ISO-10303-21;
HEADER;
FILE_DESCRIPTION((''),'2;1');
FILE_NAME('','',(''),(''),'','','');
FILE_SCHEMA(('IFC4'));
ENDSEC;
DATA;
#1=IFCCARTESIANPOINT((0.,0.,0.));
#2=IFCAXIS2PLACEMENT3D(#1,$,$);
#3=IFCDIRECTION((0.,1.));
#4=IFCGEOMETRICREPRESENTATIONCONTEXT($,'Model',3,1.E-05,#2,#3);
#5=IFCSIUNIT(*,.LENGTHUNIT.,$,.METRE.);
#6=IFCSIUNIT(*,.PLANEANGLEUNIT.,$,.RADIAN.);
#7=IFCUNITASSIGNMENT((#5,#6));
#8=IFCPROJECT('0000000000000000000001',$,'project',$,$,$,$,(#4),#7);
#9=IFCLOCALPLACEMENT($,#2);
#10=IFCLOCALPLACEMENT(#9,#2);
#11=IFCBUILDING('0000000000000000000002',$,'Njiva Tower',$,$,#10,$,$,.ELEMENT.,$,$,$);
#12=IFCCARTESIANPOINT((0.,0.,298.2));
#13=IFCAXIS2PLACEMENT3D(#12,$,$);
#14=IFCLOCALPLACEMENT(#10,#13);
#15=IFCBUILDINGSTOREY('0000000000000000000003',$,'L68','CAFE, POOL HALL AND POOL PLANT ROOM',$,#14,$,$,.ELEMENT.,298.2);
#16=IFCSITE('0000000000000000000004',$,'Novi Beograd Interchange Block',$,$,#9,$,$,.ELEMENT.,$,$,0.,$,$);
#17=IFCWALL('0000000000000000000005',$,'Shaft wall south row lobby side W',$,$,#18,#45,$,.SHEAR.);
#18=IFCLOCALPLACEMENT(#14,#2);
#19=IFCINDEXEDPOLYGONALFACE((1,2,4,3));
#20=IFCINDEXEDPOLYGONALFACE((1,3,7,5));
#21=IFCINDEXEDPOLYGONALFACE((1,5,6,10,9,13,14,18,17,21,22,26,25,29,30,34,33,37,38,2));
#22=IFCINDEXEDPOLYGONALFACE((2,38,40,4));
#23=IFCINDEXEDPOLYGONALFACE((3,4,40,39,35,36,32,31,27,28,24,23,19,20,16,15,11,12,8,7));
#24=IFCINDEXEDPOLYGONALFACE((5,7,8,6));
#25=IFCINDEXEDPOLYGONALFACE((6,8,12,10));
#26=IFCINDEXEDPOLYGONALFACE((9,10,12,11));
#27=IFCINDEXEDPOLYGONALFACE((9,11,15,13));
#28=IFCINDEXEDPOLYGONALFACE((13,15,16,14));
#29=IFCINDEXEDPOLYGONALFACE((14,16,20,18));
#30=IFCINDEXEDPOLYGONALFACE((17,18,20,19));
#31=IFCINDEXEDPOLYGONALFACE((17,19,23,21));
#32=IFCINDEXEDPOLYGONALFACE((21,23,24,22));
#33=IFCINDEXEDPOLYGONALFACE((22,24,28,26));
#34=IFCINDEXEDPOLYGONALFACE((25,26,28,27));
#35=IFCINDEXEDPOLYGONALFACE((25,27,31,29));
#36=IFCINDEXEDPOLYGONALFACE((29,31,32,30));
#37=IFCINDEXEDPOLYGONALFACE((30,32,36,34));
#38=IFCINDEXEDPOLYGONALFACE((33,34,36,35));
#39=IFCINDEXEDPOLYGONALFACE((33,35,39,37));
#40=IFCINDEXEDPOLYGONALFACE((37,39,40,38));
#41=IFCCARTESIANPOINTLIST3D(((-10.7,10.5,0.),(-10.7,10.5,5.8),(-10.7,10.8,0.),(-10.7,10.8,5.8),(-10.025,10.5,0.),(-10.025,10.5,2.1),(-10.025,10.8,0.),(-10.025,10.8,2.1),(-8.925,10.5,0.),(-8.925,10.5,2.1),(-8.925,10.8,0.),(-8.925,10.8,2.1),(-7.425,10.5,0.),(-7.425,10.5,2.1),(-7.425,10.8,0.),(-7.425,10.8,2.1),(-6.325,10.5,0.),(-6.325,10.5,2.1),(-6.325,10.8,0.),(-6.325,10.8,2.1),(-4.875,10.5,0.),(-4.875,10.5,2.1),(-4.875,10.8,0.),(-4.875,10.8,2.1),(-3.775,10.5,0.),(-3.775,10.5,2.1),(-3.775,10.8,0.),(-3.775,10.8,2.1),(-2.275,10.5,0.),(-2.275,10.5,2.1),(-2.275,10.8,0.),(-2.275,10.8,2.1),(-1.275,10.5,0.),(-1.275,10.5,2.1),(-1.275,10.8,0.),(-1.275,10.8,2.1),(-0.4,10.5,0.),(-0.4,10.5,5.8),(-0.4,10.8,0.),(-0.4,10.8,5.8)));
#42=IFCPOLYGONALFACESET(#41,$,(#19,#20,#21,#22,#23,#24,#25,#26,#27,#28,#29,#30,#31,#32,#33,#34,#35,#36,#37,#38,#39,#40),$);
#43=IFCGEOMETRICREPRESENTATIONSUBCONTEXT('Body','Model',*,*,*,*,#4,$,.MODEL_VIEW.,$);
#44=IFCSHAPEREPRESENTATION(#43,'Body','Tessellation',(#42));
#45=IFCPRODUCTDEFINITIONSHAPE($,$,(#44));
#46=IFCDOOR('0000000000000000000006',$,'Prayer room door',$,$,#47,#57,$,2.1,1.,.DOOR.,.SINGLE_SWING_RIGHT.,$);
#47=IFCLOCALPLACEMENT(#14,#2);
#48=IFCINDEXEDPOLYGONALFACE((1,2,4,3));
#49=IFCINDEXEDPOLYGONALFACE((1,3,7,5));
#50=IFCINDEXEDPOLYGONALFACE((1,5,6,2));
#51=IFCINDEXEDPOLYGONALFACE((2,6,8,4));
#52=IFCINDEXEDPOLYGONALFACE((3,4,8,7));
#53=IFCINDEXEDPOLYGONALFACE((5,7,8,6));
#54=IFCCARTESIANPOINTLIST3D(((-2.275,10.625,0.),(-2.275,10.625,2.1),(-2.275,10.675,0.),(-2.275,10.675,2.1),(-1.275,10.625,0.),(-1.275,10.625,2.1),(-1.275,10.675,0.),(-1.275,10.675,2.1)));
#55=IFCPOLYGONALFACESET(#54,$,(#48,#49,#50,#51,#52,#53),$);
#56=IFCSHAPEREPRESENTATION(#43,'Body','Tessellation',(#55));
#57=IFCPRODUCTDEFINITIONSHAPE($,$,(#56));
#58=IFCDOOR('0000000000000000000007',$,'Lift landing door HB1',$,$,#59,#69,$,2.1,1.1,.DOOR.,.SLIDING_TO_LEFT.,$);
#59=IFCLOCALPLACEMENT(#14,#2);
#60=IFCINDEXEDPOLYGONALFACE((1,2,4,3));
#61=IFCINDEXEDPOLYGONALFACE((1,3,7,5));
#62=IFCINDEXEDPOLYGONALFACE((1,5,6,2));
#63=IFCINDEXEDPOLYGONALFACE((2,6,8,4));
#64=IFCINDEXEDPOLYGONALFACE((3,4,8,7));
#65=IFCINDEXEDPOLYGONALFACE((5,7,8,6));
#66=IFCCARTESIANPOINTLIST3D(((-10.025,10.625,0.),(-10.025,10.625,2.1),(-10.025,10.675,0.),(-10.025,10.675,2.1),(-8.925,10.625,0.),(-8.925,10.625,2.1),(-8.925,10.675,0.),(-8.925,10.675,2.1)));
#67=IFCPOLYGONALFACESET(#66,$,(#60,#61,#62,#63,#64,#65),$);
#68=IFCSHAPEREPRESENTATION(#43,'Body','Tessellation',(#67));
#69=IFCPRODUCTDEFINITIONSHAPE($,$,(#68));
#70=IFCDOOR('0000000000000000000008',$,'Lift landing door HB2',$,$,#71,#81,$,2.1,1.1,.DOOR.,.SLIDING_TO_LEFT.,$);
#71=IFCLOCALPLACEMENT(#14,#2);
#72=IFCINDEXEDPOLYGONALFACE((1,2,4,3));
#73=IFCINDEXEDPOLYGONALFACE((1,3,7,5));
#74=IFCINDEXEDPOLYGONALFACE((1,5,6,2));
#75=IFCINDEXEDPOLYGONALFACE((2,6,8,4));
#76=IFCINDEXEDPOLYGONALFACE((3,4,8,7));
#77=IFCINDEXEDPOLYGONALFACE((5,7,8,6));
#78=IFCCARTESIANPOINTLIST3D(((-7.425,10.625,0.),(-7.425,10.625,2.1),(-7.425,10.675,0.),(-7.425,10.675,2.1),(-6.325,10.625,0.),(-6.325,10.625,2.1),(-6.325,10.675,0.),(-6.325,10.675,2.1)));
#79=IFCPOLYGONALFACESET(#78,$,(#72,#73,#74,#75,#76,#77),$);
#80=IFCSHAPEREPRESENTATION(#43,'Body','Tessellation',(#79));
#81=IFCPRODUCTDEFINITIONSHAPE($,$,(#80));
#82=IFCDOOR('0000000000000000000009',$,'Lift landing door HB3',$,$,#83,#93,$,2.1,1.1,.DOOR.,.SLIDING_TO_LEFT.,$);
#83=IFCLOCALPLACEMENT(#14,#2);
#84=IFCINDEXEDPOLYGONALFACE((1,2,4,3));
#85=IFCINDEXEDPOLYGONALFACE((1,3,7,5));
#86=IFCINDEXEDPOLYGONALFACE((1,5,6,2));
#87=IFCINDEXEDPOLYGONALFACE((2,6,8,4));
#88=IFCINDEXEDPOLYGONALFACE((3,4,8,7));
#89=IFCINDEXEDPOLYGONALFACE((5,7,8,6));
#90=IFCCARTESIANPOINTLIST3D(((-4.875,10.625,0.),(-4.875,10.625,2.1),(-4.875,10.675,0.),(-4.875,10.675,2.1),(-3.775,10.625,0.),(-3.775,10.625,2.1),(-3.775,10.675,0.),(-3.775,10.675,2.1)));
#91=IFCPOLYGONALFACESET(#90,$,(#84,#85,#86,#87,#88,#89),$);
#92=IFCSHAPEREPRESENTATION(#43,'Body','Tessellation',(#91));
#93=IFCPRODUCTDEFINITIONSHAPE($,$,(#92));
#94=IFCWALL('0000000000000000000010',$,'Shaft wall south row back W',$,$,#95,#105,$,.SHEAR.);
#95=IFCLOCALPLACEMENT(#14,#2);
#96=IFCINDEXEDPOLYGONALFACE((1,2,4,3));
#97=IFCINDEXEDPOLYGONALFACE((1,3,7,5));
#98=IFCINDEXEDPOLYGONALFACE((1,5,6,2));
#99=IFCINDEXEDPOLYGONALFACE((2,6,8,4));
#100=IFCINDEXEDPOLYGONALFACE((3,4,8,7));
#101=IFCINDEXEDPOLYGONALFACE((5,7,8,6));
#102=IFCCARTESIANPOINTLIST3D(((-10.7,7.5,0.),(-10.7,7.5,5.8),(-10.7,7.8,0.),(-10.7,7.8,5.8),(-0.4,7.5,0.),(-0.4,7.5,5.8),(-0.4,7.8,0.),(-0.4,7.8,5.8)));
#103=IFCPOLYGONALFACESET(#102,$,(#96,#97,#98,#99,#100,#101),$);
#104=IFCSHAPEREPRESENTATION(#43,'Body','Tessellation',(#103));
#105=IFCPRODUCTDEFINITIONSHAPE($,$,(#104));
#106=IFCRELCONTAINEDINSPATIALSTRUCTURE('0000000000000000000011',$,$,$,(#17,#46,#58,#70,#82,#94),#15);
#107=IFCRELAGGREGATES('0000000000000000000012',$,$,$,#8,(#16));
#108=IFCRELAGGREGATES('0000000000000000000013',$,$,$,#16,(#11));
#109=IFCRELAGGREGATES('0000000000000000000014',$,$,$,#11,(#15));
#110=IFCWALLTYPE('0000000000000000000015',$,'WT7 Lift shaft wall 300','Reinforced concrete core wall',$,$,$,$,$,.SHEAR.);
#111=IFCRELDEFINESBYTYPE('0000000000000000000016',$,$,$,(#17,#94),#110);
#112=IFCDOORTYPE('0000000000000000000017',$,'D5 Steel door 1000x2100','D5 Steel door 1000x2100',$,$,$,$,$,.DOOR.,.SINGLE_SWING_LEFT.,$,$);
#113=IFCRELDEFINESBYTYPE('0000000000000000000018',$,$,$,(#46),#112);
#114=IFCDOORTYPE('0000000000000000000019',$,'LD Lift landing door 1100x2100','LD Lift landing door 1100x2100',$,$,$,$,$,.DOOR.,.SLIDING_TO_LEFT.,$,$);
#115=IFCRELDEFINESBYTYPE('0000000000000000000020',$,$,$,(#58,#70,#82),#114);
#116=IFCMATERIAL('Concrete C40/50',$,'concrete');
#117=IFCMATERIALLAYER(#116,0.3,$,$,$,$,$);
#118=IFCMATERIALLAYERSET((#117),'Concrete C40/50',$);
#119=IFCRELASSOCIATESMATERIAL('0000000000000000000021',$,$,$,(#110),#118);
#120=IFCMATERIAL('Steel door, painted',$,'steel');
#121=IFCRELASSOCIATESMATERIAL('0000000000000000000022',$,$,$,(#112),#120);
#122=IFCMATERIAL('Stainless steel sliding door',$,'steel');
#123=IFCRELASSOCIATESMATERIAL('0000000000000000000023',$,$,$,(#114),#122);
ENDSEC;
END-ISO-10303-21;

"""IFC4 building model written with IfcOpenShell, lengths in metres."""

from ifc_helpers import new_model, si_unit, direction, frame, frame_2d, origin, place, context, subcontext, project, spatial, rectangle, extrude, material, layer, layer_set, type_object, element, fill, save


model = new_model("IFC4")

# Units and contexts
model_context = context("Model", 3, precision=1e-05, world=origin(), true_north=direction((0.0, 1.0)))
body_context = subcontext(model_context, "Body", "Model", "MODEL_VIEW")
ifc_project = project(units=[si_unit("LENGTHUNIT", "METRE"), si_unit("PLANEANGLEUNIT", "RADIAN")], contexts=[model_context])

# Site, building, storey
site_placement = place(None, origin())
site = spatial("IfcSite", under=ifc_project, at=site_placement, Name="Novi Beograd Interchange Block", CompositionType="ELEMENT", RefElevation=0.0)
building_placement = place(site_placement, origin())
building = spatial("IfcBuilding", under=site, at=building_placement, Name="Njiva Tower", CompositionType="ELEMENT")
storey_placement = place(building_placement, frame((0.0, 0.0, 298.2)))
storey = spatial("IfcBuildingStorey", under=building, at=storey_placement, Name="L68", Description="CAFE, POOL HALL AND POOL PLANT ROOM", CompositionType="ELEMENT", Elevation=298.2)

# Shared definitions
ifc_material_1 = material(Name="Concrete C40/50", Category="concrete")
ifc_material_2 = material(Name="Steel door, painted", Category="steel")

# Wall, openings, doors
ifc_layer_1 = layer(ifc_material_1, 0.3)
ifc_layer_set_1 = layer_set([ifc_layer_1], Name="Concrete C40/50")
wall_type_1 = type_object("IfcWallType", Name="WT7 Lift shaft wall 300", Description="Reinforced concrete core wall", PredefinedType="SHEAR", material=ifc_layer_set_1)
wall_1_placement = place(storey_placement, frame((-10.7, 10.65, 0.0), z_axis=(0.0, 0.0, 1.0), x_axis=(1.0, 0.0, 0.0)))
wall_1 = element("IfcWall", 1, at=wall_1_placement, inside=storey, type_object=wall_type_1, Name="Shaft wall south row lobby side W", PredefinedType="SHEAR", context=body_context, shape_type="SweptSolid", body=[
    extrude(rectangle(XDim=10.3, YDim=0.3, at=frame_2d((5.15, 0.0))), origin(), (0.0, 0.0, 1.0), 5.8),
])
opening_1_placement = place(wall_1_placement, frame((0.675, 0.0, 0.0)))
opening_1 = element("IfcOpeningElement", 2, at=opening_1_placement, cuts=wall_1, PredefinedType="OPENING", context=body_context, shape_type="SweptSolid", body=[
    extrude(rectangle(XDim=1.1, YDim=2.1, at=frame_2d((0.55, 1.05))), frame((0.0, 0.16, 0.0), z_axis=(0.0, -1.0, 0.0), x_axis=(1.0, 0.0, 0.0)), (0.0, 0.0, 1.0), 0.32),
])
opening_2_placement = place(wall_1_placement, frame((3.275, 0.0, 0.0)))
opening_2 = element("IfcOpeningElement", 3, at=opening_2_placement, cuts=wall_1, PredefinedType="OPENING", context=body_context, shape_type="SweptSolid", body=[
    extrude(rectangle(XDim=1.1, YDim=2.1, at=frame_2d((0.55, 1.05))), frame((0.0, 0.16, 0.0), z_axis=(0.0, -1.0, 0.0), x_axis=(1.0, 0.0, 0.0)), (0.0, 0.0, 1.0), 0.32),
])
opening_3_placement = place(wall_1_placement, frame((5.825, 0.0, 0.0)))
opening_3 = element("IfcOpeningElement", 4, at=opening_3_placement, cuts=wall_1, PredefinedType="OPENING", context=body_context, shape_type="SweptSolid", body=[
    extrude(rectangle(XDim=1.1, YDim=2.1, at=frame_2d((0.55, 1.05))), frame((0.0, 0.16, 0.0), z_axis=(0.0, -1.0, 0.0), x_axis=(1.0, 0.0, 0.0)), (0.0, 0.0, 1.0), 0.32),
])
opening_4_placement = place(wall_1_placement, frame((8.425, 0.0, 0.0)))
opening_4 = element("IfcOpeningElement", 5, at=opening_4_placement, cuts=wall_1, PredefinedType="OPENING", context=body_context, shape_type="SweptSolid", body=[
    extrude(rectangle(XDim=1.0, YDim=2.1, at=frame_2d((0.5, 1.05))), frame((0.0, 0.16, 0.0), z_axis=(0.0, -1.0, 0.0), x_axis=(1.0, 0.0, 0.0)), (0.0, 0.0, 1.0), 0.32),
])
door_type_1 = type_object("IfcDoorType", Name="D5 Steel door 1000x2100", Description="D5 Steel door 1000x2100", OperationType="SINGLE_SWING_LEFT", PredefinedType="DOOR", material=ifc_material_2)
door_1_placement = place(opening_4_placement, origin())
door_1 = element("IfcDoor", 6, at=door_1_placement, inside=storey, type_object=door_type_1, Name="Prayer room door", OperationType="SINGLE_SWING_RIGHT", OverallHeight=2.1, OverallWidth=1.0, PredefinedType="DOOR", context=body_context, shape_type="SweptSolid", body=[
    extrude(rectangle(XDim=1.0, YDim=2.1, at=frame_2d((0.5, 1.05))), frame((0.0, 0.025, 0.0), z_axis=(0.0, -1.0, 0.0), x_axis=(1.0, 0.0, 0.0)), (0.0, 0.0, 1.0), 0.05),
])
fill(opening_4, door_1)
ifc_material_3 = material(Name="Stainless steel sliding door", Category="steel")
door_type_2 = type_object("IfcDoorType", Name="LD Lift landing door 1100x2100", Description="LD Lift landing door 1100x2100", OperationType="SLIDING_TO_LEFT", PredefinedType="DOOR", material=ifc_material_3)
door_2_placement = place(opening_1_placement, origin())
door_2 = element("IfcDoor", 7, at=door_2_placement, inside=storey, type_object=door_type_2, Name="Lift landing door HB1", OperationType="SLIDING_TO_LEFT", OverallHeight=2.1, OverallWidth=1.1, PredefinedType="DOOR", context=body_context, shape_type="SweptSolid", body=[
    extrude(rectangle(XDim=1.1, YDim=2.1, at=frame_2d((0.55, 1.05))), frame((0.0, 0.025, 0.0), z_axis=(0.0, -1.0, 0.0), x_axis=(1.0, 0.0, 0.0)), (0.0, 0.0, 1.0), 0.05),
])
fill(opening_1, door_2)
door_3_placement = place(opening_2_placement, origin())
door_3 = element("IfcDoor", 8, at=door_3_placement, inside=storey, type_object=door_type_2, Name="Lift landing door HB2", OperationType="SLIDING_TO_LEFT", OverallHeight=2.1, OverallWidth=1.1, PredefinedType="DOOR", context=body_context, shape_type="SweptSolid", body=[
    extrude(rectangle(XDim=1.1, YDim=2.1, at=frame_2d((0.55, 1.05))), frame((0.0, 0.025, 0.0), z_axis=(0.0, -1.0, 0.0), x_axis=(1.0, 0.0, 0.0)), (0.0, 0.0, 1.0), 0.05),
])
fill(opening_2, door_3)
door_4_placement = place(opening_3_placement, origin())
door_4 = element("IfcDoor", 9, at=door_4_placement, inside=storey, type_object=door_type_2, Name="Lift landing door HB3", OperationType="SLIDING_TO_LEFT", OverallHeight=2.1, OverallWidth=1.1, PredefinedType="DOOR", context=body_context, shape_type="SweptSolid", body=[
    extrude(rectangle(XDim=1.1, YDim=2.1, at=frame_2d((0.55, 1.05))), frame((0.0, 0.025, 0.0), z_axis=(0.0, -1.0, 0.0), x_axis=(1.0, 0.0, 0.0)), (0.0, 0.0, 1.0), 0.05),
])
fill(opening_3, door_4)

# Wall
wall_2_placement = place(storey_placement, frame((-10.7, 7.65, 0.0), z_axis=(0.0, 0.0, 1.0), x_axis=(1.0, 0.0, 0.0)))
element("IfcWall", 10, at=wall_2_placement, inside=storey, type_object=wall_type_1, Name="Shaft wall south row back W", PredefinedType="SHEAR", context=body_context, shape_type="SweptSolid", body=[
    extrude(rectangle(XDim=10.3, YDim=0.3, at=frame_2d((5.15, 0.0))), origin(), (0.0, 0.0, 1.0), 5.8),
])

save(model, "model.ifc")
